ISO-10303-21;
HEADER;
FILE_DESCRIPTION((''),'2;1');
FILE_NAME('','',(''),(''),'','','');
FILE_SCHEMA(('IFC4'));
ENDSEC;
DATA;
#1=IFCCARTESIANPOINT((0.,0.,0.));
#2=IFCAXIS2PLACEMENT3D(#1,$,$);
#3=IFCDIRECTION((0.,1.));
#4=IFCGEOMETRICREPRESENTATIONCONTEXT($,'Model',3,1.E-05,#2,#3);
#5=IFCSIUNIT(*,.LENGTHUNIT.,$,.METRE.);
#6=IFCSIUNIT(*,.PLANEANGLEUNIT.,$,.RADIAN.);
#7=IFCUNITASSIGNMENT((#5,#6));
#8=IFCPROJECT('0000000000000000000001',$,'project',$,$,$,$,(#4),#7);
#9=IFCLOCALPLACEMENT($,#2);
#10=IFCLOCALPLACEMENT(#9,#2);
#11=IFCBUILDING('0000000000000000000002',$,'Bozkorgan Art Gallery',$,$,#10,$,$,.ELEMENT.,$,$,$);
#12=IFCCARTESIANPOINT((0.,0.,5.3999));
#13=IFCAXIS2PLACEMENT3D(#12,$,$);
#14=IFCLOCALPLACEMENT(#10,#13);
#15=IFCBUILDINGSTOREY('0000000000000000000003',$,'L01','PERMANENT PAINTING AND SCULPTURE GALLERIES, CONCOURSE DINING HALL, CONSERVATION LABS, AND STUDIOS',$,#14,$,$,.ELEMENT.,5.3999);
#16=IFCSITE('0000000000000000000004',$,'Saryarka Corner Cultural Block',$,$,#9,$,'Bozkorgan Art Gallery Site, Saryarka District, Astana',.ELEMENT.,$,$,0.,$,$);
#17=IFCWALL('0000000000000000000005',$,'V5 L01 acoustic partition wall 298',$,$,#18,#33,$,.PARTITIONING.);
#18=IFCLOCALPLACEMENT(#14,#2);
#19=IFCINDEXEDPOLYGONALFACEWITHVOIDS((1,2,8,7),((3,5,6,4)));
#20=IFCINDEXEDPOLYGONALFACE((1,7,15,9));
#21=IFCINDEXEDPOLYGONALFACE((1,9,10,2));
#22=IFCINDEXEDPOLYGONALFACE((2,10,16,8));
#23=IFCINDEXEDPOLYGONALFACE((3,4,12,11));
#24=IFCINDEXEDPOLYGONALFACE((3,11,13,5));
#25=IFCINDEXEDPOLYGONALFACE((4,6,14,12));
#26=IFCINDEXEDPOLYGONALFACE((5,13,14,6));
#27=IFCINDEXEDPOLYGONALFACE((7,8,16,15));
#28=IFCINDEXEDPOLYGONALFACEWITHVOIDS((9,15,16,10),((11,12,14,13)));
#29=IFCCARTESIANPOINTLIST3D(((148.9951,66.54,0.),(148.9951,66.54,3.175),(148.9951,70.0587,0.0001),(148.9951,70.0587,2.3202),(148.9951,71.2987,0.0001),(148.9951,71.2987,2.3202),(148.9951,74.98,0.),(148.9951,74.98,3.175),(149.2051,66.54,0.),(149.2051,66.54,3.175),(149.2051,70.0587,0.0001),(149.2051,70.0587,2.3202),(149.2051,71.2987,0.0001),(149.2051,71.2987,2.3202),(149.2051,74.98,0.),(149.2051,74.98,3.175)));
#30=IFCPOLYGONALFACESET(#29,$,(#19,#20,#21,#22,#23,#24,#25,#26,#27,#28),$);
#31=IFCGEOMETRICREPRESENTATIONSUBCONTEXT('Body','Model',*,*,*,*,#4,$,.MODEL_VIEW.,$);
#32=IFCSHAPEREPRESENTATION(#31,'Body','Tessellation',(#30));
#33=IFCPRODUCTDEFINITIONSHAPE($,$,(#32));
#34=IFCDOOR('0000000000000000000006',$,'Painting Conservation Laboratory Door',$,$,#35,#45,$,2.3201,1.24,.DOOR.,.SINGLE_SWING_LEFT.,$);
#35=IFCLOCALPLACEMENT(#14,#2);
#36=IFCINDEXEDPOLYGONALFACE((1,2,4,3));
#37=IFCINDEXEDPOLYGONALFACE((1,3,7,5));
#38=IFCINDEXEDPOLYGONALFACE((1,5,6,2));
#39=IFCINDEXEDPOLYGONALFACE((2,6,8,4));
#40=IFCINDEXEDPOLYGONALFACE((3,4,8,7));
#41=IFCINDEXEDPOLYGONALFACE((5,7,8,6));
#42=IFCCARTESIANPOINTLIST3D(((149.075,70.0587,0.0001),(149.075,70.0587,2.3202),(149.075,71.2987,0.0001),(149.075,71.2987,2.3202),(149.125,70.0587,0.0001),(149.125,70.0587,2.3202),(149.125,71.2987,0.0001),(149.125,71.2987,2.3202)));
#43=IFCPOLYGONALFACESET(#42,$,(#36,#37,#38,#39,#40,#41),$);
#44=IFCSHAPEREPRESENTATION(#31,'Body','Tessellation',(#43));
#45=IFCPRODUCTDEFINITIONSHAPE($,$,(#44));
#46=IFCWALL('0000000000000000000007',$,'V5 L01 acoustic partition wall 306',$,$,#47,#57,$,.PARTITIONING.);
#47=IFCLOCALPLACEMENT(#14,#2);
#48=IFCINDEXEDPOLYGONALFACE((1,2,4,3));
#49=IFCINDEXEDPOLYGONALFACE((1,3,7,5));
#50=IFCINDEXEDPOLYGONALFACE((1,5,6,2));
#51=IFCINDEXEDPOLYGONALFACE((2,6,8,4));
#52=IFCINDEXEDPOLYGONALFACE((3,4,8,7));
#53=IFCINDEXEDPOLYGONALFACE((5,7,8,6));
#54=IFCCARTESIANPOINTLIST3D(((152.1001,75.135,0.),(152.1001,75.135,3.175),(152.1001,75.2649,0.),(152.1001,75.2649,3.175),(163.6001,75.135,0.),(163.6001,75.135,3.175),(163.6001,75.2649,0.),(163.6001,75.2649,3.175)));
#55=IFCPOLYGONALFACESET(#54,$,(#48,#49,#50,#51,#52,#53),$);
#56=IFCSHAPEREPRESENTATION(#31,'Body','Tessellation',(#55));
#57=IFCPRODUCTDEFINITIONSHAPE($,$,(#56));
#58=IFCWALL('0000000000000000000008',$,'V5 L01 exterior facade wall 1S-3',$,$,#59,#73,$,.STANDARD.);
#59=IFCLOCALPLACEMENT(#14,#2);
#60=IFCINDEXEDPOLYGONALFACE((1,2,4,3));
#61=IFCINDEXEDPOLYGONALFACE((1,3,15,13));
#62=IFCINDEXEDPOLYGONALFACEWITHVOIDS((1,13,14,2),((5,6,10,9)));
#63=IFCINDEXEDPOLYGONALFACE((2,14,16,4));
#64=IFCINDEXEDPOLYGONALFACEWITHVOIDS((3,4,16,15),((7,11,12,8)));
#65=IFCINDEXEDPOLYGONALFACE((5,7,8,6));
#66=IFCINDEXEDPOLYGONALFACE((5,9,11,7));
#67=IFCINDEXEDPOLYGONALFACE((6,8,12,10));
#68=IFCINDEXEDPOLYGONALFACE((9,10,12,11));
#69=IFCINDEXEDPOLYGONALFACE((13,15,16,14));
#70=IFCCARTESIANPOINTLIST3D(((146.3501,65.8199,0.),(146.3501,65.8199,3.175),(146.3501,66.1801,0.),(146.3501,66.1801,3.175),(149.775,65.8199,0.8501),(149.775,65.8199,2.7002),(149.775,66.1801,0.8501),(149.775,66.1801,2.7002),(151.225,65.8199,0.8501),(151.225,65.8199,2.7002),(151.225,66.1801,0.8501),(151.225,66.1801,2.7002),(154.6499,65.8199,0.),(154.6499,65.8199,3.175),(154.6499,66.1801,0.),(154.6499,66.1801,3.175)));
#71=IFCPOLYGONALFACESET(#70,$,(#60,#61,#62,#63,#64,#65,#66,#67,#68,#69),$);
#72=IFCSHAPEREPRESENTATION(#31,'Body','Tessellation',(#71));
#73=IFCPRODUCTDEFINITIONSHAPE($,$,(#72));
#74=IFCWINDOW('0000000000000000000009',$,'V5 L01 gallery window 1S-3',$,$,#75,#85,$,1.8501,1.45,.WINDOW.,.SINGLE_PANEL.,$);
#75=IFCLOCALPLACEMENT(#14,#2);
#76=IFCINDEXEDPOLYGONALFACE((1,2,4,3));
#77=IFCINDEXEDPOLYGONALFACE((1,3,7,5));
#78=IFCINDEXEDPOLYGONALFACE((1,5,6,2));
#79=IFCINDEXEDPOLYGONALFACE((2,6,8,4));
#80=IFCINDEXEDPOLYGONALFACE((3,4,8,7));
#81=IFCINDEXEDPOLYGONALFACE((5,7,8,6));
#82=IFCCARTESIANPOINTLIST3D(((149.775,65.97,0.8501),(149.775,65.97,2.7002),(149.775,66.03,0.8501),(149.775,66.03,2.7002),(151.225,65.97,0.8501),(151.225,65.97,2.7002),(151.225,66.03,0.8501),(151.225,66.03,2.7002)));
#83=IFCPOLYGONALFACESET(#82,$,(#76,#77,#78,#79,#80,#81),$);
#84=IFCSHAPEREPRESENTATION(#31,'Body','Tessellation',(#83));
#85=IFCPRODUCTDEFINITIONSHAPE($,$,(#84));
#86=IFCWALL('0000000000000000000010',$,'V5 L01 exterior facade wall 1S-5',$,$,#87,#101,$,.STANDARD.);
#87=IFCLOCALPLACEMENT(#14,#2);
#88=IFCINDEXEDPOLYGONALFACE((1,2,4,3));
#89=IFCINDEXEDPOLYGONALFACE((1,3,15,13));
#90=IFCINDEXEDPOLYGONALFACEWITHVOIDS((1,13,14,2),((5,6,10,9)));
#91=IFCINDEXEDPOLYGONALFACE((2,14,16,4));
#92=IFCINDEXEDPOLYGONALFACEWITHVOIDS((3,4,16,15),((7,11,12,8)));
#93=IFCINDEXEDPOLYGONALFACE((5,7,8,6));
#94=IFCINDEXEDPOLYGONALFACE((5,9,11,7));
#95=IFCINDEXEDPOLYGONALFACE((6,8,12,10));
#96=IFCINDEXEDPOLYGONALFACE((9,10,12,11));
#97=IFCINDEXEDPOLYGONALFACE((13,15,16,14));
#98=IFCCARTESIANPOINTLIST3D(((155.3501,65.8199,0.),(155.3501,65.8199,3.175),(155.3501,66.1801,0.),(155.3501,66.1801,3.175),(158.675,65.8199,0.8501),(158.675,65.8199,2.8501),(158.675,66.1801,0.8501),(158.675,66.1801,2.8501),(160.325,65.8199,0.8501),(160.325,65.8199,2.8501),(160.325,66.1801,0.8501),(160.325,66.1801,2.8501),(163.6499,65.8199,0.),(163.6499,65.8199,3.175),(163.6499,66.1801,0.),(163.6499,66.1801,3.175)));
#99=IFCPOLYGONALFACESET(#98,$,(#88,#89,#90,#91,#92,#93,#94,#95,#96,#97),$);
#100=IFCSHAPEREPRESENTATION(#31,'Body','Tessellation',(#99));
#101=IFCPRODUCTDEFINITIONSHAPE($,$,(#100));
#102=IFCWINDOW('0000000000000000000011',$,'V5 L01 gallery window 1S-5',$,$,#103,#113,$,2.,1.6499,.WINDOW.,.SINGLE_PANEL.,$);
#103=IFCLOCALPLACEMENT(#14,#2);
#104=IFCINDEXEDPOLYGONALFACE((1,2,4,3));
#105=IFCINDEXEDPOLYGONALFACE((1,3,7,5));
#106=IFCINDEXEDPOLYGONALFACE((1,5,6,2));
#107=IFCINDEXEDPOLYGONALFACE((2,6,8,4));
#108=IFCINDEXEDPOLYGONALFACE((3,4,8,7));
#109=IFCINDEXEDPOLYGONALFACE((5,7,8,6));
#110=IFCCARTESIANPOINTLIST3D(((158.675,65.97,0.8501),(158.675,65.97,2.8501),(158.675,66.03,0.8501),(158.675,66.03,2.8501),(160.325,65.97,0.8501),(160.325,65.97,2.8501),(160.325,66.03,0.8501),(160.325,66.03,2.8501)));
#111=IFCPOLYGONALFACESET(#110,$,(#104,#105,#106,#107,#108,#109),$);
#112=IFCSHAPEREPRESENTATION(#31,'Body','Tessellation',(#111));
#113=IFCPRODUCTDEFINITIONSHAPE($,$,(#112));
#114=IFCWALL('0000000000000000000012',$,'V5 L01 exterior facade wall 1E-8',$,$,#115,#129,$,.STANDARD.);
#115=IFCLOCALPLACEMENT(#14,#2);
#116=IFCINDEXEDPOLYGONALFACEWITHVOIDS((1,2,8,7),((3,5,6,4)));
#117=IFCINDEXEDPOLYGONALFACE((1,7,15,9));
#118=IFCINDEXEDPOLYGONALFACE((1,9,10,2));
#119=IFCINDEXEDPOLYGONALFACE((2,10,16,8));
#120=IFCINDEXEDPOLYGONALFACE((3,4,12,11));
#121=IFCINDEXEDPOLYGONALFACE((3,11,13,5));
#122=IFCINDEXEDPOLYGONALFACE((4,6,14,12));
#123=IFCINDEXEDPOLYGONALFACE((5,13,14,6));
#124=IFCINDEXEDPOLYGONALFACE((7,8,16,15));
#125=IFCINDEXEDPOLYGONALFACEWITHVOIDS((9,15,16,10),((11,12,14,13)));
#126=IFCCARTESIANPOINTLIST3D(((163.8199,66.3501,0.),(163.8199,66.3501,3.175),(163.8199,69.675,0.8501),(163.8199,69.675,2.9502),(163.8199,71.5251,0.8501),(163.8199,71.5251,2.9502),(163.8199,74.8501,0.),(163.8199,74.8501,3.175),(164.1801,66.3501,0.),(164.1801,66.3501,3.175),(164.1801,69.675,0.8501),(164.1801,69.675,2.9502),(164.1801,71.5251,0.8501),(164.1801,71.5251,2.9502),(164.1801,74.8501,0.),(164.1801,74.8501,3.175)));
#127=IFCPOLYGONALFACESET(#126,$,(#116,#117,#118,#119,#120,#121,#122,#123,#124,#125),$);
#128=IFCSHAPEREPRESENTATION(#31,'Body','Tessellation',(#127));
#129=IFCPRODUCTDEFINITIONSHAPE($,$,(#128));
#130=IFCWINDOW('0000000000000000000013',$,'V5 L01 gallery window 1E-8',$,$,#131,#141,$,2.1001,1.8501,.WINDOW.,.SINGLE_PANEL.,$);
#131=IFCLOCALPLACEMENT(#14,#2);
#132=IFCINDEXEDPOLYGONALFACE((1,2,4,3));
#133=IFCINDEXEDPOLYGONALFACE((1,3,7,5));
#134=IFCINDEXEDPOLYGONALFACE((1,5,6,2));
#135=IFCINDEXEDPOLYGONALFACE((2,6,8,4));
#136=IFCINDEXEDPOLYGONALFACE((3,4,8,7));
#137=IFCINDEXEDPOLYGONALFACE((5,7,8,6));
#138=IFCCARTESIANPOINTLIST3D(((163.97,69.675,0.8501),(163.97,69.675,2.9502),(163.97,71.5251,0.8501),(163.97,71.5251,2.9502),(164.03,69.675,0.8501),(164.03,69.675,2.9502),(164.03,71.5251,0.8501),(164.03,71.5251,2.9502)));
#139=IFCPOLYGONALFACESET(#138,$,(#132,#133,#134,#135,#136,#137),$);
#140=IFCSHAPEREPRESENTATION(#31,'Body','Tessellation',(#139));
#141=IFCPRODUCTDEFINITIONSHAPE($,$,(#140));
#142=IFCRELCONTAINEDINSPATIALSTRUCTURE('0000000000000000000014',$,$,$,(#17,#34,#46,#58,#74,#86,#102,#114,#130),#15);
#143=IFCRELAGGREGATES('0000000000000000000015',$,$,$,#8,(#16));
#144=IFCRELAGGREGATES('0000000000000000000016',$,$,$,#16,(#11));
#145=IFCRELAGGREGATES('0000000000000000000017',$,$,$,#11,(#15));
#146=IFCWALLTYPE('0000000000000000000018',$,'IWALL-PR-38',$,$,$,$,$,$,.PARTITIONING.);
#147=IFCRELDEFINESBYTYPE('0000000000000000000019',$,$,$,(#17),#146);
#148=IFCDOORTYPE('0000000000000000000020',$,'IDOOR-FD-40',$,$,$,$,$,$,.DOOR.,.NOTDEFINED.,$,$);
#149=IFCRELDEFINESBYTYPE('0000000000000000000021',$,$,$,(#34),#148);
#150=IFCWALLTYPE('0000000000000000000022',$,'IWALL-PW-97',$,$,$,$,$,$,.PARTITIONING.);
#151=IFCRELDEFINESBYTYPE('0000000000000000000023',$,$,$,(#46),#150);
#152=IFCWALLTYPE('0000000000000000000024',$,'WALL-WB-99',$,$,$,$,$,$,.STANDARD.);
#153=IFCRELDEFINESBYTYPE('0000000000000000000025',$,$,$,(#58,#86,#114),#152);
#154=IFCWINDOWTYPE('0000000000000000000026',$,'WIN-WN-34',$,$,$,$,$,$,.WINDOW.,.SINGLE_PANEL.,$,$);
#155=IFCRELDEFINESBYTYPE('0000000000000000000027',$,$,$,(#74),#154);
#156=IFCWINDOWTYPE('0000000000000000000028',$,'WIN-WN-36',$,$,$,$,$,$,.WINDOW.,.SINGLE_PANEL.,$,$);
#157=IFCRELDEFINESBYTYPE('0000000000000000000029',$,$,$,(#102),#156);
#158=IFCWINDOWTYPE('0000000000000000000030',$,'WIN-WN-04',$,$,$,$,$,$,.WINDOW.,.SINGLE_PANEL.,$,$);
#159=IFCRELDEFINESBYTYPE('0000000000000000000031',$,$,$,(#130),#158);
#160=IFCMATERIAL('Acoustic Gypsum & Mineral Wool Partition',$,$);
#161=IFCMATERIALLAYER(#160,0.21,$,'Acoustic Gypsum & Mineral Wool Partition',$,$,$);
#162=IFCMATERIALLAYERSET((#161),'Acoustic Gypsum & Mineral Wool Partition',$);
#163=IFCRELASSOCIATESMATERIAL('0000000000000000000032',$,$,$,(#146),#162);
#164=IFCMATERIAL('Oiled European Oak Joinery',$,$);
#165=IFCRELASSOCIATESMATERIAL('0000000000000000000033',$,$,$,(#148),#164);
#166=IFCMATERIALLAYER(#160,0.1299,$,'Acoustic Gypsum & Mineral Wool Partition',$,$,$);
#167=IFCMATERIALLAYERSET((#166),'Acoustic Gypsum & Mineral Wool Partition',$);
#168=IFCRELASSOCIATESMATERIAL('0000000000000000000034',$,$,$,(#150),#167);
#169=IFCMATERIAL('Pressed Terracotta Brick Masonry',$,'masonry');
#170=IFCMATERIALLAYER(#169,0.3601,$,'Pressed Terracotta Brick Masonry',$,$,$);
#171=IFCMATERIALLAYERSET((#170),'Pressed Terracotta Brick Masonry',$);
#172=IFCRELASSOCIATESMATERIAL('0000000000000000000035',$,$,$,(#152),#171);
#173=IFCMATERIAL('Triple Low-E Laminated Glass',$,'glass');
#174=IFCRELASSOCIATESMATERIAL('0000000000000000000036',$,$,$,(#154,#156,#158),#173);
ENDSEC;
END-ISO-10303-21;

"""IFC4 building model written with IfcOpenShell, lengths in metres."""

from ifc_helpers import new_model, si_unit, direction, frame, frame_2d, origin, place, context, subcontext, project, spatial, rectangle, extrude, material, layer, layer_set, type_object, element, fill, save


model = new_model("IFC4")

# Units and contexts
model_context = context("Model", 3, precision=1e-05, world=origin(), true_north=direction((0.0, 1.0)))
body_context = subcontext(model_context, "Body", "Model", "MODEL_VIEW")
ifc_project = project(units=[si_unit("LENGTHUNIT", "METRE"), si_unit("PLANEANGLEUNIT", "RADIAN")], contexts=[model_context])

# Site, building, storey
site_placement = place(None, origin())
site = spatial("IfcSite", under=ifc_project, at=site_placement, Name="Saryarka Corner Cultural Block", LongName="Bozkorgan Art Gallery Site, Saryarka District, Astana", CompositionType="ELEMENT", RefElevation=0.0)
building_placement = place(site_placement, origin())
building = spatial("IfcBuilding", under=site, at=building_placement, Name="Bozkorgan Art Gallery", CompositionType="ELEMENT")
storey_placement = place(building_placement, frame((0.0, 0.0, 5.3999)))
storey = spatial("IfcBuildingStorey", under=building, at=storey_placement, Name="L01", Description="PERMANENT PAINTING AND SCULPTURE GALLERIES, CONCOURSE DINING HALL, CONSERVATION LABS, AND STUDIOS", CompositionType="ELEMENT", Elevation=5.3999)

# Wall, opening, door
ifc_material_1 = material(Name="Acoustic Gypsum & Mineral Wool Partition")
ifc_material_2 = material(Name="Oiled European Oak Joinery")
ifc_layer_1 = layer(ifc_material_1, 0.21, Name="Acoustic Gypsum & Mineral Wool Partition")
ifc_layer_set_1 = layer_set([ifc_layer_1], Name="Acoustic Gypsum & Mineral Wool Partition")
wall_type_1 = type_object("IfcWallType", Name="IWALL-PR-38", PredefinedType="PARTITIONING", material=ifc_layer_set_1)
wall_1_placement = place(storey_placement, frame((149.1001, 66.54, 0.0), z_axis=(0.0, 0.0, 1.0), x_axis=(0.0, 1.0, 0.0)))
wall_1 = element("IfcWall", 1, at=wall_1_placement, inside=storey, type_object=wall_type_1, Name="V5 L01 acoustic partition wall 298", PredefinedType="PARTITIONING", context=body_context, shape_type="SweptSolid", body=[
    extrude(rectangle(XDim=8.4399, YDim=0.21, at=frame_2d((4.22, 0.0))), origin(), (0.0, 0.0, 1.0), 3.175),
])
opening_1_placement = place(wall_1_placement, frame((4.7588, 0.0, 0.0), z_axis=(0.0, 0.0, 1.0), x_axis=(-1.0, 0.0, 0.0)))
opening_1 = element("IfcOpeningElement", 2, at=opening_1_placement, cuts=wall_1, PredefinedType="OPENING", context=body_context, shape_type="SweptSolid", body=[
    extrude(rectangle(XDim=1.24, YDim=2.3201, at=frame_2d((0.6201, 1.1602))), frame((0.0, 0.115, 0.0), z_axis=(0.0, -1.0, 0.0), x_axis=(1.0, 0.0, 0.0)), (0.0, 0.0, 1.0), 0.23),
])
door_type_1 = type_object("IfcDoorType", Name="IDOOR-FD-40", OperationType="NOTDEFINED", PredefinedType="DOOR", material=ifc_material_2)
door_1_placement = place(opening_1_placement, origin())
door_1 = element("IfcDoor", 3, at=door_1_placement, inside=storey, type_object=door_type_1, Name="Painting Conservation Laboratory Door", OperationType="SINGLE_SWING_LEFT", OverallHeight=2.3201, OverallWidth=1.24, PredefinedType="DOOR", context=body_context, shape_type="SweptSolid", body=[
    extrude(rectangle(XDim=1.24, YDim=2.3201, at=frame_2d((0.6201, 1.1602))), frame((0.0, 0.0249, 0.0), z_axis=(0.0, -1.0, 0.0), x_axis=(1.0, 0.0, 0.0)), (0.0, 0.0, 1.0), 0.05),
])
fill(opening_1, door_1)

# Wall
ifc_layer_2 = layer(ifc_material_1, 0.1299, Name="Acoustic Gypsum & Mineral Wool Partition")
ifc_layer_set_2 = layer_set([ifc_layer_2], Name="Acoustic Gypsum & Mineral Wool Partition")
wall_type_2 = type_object("IfcWallType", Name="IWALL-PW-97", PredefinedType="PARTITIONING", material=ifc_layer_set_2)
wall_2_placement = place(storey_placement, frame((152.1001, 75.2, 0.0), z_axis=(0.0, 0.0, 1.0), x_axis=(1.0, 0.0, 0.0)))
element("IfcWall", 4, at=wall_2_placement, inside=storey, type_object=wall_type_2, Name="V5 L01 acoustic partition wall 306", PredefinedType="PARTITIONING", context=body_context, shape_type="SweptSolid", body=[
    extrude(rectangle(XDim=11.5, YDim=0.1299, at=frame_2d((5.75, 0.0))), origin(), (0.0, 0.0, 1.0), 3.175),
])

# Walls, openings, windows
ifc_material_3 = material(Name="Pressed Terracotta Brick Masonry", Category="masonry")
ifc_layer_3 = layer(ifc_material_3, 0.3601, Name="Pressed Terracotta Brick Masonry")
ifc_layer_set_3 = layer_set([ifc_layer_3], Name="Pressed Terracotta Brick Masonry")
wall_type_3 = type_object("IfcWallType", Name="WALL-WB-99", PredefinedType="STANDARD", material=ifc_layer_set_3)
wall_3_placement = place(storey_placement, frame((146.3501, 66.0, 0.0), z_axis=(0.0, 0.0, 1.0), x_axis=(1.0, 0.0, 0.0)))
wall_3 = element("IfcWall", 5, at=wall_3_placement, inside=storey, type_object=wall_type_3, Name="V5 L01 exterior facade wall 1S-3", PredefinedType="STANDARD", context=body_context, shape_type="SweptSolid", body=[
    extrude(rectangle(XDim=8.2998, YDim=0.3601, at=frame_2d((4.1499, 0.0))), origin(), (0.0, 0.0, 1.0), 3.175),
])
opening_2_placement = place(wall_3_placement, frame((4.875, 0.0, 0.8501), z_axis=(0.0, 0.0, 1.0), x_axis=(-1.0, 0.0, 0.0)))
opening_2 = element("IfcOpeningElement", 6, at=opening_2_placement, cuts=wall_3, PredefinedType="OPENING", context=body_context, shape_type="SweptSolid", body=[
    extrude(rectangle(XDim=1.45, YDim=1.8501, at=frame_2d((0.7251, 0.925))), frame((0.0, 0.1899, 0.0), z_axis=(0.0, -1.0, 0.0), x_axis=(1.0, 0.0, 0.0)), (0.0, 0.0, 1.0), 0.3801),
])
ifc_material_4 = material(Name="Triple Low-E Laminated Glass", Category="glass")
window_type_1 = type_object("IfcWindowType", Name="WIN-WN-34", PartitioningType="SINGLE_PANEL", PredefinedType="WINDOW", material=ifc_material_4)
window_1_placement = place(opening_2_placement, origin())
window_1 = element("IfcWindow", 7, at=window_1_placement, inside=storey, type_object=window_type_1, Name="V5 L01 gallery window 1S-3", OverallHeight=1.8501, OverallWidth=1.45, PartitioningType="SINGLE_PANEL", PredefinedType="WINDOW", context=body_context, shape_type="SweptSolid", body=[
    extrude(rectangle(XDim=1.45, YDim=1.8501, at=frame_2d((0.7251, 0.925))), frame((0.0, 0.03, 0.0), z_axis=(0.0, -1.0, 0.0), x_axis=(1.0, 0.0, 0.0)), (0.0, 0.0, 1.0), 0.0601),
])
fill(opening_2, window_1)
wall_4_placement = place(storey_placement, frame((155.3501, 66.0, 0.0), z_axis=(0.0, 0.0, 1.0), x_axis=(1.0, 0.0, 0.0)))
wall_4 = element("IfcWall", 8, at=wall_4_placement, inside=storey, type_object=wall_type_3, Name="V5 L01 exterior facade wall 1S-5", PredefinedType="STANDARD", context=body_context, shape_type="SweptSolid", body=[
    extrude(rectangle(XDim=8.2998, YDim=0.3601, at=frame_2d((4.1499, 0.0))), origin(), (0.0, 0.0, 1.0), 3.175),
])
opening_3_placement = place(wall_4_placement, frame((4.9749, 0.0, 0.8501), z_axis=(0.0, 0.0, 1.0), x_axis=(-1.0, 0.0, 0.0)))
opening_3 = element("IfcOpeningElement", 9, at=opening_3_placement, cuts=wall_4, PredefinedType="OPENING", context=body_context, shape_type="SweptSolid", body=[
    extrude(rectangle(XDim=1.6499, YDim=2.0, at=frame_2d((0.825, 1.0))), frame((0.0, 0.1899, 0.0), z_axis=(0.0, -1.0, 0.0), x_axis=(1.0, 0.0, 0.0)), (0.0, 0.0, 1.0), 0.3801),
])
window_type_2 = type_object("IfcWindowType", Name="WIN-WN-36", PartitioningType="SINGLE_PANEL", PredefinedType="WINDOW", material=ifc_material_4)
window_2_placement = place(opening_3_placement, origin())
window_2 = element("IfcWindow", 10, at=window_2_placement, inside=storey, type_object=window_type_2, Name="V5 L01 gallery window 1S-5", OverallHeight=2.0, OverallWidth=1.6499, PartitioningType="SINGLE_PANEL", PredefinedType="WINDOW", context=body_context, shape_type="SweptSolid", body=[
    extrude(rectangle(XDim=1.6499, YDim=2.0, at=frame_2d((0.825, 1.0))), frame((0.0, 0.03, 0.0), z_axis=(0.0, -1.0, 0.0), x_axis=(1.0, 0.0, 0.0)), (0.0, 0.0, 1.0), 0.0601),
])
fill(opening_3, window_2)
wall_5_placement = place(storey_placement, frame((164.0, 66.3501, 0.0), z_axis=(0.0, 0.0, 1.0), x_axis=(0.0, 1.0, 0.0)))
wall_5 = element("IfcWall", 11, at=wall_5_placement, inside=storey, type_object=wall_type_3, Name="V5 L01 exterior facade wall 1E-8", PredefinedType="STANDARD", context=body_context, shape_type="SweptSolid", body=[
    extrude(rectangle(XDim=8.5, YDim=0.3601, at=frame_2d((4.25, 0.0))), origin(), (0.0, 0.0, 1.0), 3.175),
])
opening_4_placement = place(wall_5_placement, frame((5.175, 0.0, 0.8501), z_axis=(0.0, 0.0, 1.0), x_axis=(-1.0, 0.0, 0.0)))
opening_4 = element("IfcOpeningElement", 12, at=opening_4_placement, cuts=wall_5, PredefinedType="OPENING", context=body_context, shape_type="SweptSolid", body=[
    extrude(rectangle(XDim=1.8501, YDim=2.1001, at=frame_2d((0.925, 1.05))), frame((0.0, 0.1899, 0.0), z_axis=(0.0, -1.0, 0.0), x_axis=(1.0, 0.0, 0.0)), (0.0, 0.0, 1.0), 0.3801),
])
window_type_3 = type_object("IfcWindowType", Name="WIN-WN-04", PartitioningType="SINGLE_PANEL", PredefinedType="WINDOW", material=ifc_material_4)
window_3_placement = place(opening_4_placement, origin())
window_3 = element("IfcWindow", 13, at=window_3_placement, inside=storey, type_object=window_type_3, Name="V5 L01 gallery window 1E-8", OverallHeight=2.1001, OverallWidth=1.8501, PartitioningType="SINGLE_PANEL", PredefinedType="WINDOW", context=body_context, shape_type="SweptSolid", body=[
    extrude(rectangle(XDim=1.8501, YDim=2.1001, at=frame_2d((0.925, 1.05))), frame((0.0, 0.03, 0.0), z_axis=(0.0, -1.0, 0.0), x_axis=(1.0, 0.0, 0.0)), (0.0, 0.0, 1.0), 0.0601),
])
fill(opening_4, window_3)

save(model, "model.ifc")
